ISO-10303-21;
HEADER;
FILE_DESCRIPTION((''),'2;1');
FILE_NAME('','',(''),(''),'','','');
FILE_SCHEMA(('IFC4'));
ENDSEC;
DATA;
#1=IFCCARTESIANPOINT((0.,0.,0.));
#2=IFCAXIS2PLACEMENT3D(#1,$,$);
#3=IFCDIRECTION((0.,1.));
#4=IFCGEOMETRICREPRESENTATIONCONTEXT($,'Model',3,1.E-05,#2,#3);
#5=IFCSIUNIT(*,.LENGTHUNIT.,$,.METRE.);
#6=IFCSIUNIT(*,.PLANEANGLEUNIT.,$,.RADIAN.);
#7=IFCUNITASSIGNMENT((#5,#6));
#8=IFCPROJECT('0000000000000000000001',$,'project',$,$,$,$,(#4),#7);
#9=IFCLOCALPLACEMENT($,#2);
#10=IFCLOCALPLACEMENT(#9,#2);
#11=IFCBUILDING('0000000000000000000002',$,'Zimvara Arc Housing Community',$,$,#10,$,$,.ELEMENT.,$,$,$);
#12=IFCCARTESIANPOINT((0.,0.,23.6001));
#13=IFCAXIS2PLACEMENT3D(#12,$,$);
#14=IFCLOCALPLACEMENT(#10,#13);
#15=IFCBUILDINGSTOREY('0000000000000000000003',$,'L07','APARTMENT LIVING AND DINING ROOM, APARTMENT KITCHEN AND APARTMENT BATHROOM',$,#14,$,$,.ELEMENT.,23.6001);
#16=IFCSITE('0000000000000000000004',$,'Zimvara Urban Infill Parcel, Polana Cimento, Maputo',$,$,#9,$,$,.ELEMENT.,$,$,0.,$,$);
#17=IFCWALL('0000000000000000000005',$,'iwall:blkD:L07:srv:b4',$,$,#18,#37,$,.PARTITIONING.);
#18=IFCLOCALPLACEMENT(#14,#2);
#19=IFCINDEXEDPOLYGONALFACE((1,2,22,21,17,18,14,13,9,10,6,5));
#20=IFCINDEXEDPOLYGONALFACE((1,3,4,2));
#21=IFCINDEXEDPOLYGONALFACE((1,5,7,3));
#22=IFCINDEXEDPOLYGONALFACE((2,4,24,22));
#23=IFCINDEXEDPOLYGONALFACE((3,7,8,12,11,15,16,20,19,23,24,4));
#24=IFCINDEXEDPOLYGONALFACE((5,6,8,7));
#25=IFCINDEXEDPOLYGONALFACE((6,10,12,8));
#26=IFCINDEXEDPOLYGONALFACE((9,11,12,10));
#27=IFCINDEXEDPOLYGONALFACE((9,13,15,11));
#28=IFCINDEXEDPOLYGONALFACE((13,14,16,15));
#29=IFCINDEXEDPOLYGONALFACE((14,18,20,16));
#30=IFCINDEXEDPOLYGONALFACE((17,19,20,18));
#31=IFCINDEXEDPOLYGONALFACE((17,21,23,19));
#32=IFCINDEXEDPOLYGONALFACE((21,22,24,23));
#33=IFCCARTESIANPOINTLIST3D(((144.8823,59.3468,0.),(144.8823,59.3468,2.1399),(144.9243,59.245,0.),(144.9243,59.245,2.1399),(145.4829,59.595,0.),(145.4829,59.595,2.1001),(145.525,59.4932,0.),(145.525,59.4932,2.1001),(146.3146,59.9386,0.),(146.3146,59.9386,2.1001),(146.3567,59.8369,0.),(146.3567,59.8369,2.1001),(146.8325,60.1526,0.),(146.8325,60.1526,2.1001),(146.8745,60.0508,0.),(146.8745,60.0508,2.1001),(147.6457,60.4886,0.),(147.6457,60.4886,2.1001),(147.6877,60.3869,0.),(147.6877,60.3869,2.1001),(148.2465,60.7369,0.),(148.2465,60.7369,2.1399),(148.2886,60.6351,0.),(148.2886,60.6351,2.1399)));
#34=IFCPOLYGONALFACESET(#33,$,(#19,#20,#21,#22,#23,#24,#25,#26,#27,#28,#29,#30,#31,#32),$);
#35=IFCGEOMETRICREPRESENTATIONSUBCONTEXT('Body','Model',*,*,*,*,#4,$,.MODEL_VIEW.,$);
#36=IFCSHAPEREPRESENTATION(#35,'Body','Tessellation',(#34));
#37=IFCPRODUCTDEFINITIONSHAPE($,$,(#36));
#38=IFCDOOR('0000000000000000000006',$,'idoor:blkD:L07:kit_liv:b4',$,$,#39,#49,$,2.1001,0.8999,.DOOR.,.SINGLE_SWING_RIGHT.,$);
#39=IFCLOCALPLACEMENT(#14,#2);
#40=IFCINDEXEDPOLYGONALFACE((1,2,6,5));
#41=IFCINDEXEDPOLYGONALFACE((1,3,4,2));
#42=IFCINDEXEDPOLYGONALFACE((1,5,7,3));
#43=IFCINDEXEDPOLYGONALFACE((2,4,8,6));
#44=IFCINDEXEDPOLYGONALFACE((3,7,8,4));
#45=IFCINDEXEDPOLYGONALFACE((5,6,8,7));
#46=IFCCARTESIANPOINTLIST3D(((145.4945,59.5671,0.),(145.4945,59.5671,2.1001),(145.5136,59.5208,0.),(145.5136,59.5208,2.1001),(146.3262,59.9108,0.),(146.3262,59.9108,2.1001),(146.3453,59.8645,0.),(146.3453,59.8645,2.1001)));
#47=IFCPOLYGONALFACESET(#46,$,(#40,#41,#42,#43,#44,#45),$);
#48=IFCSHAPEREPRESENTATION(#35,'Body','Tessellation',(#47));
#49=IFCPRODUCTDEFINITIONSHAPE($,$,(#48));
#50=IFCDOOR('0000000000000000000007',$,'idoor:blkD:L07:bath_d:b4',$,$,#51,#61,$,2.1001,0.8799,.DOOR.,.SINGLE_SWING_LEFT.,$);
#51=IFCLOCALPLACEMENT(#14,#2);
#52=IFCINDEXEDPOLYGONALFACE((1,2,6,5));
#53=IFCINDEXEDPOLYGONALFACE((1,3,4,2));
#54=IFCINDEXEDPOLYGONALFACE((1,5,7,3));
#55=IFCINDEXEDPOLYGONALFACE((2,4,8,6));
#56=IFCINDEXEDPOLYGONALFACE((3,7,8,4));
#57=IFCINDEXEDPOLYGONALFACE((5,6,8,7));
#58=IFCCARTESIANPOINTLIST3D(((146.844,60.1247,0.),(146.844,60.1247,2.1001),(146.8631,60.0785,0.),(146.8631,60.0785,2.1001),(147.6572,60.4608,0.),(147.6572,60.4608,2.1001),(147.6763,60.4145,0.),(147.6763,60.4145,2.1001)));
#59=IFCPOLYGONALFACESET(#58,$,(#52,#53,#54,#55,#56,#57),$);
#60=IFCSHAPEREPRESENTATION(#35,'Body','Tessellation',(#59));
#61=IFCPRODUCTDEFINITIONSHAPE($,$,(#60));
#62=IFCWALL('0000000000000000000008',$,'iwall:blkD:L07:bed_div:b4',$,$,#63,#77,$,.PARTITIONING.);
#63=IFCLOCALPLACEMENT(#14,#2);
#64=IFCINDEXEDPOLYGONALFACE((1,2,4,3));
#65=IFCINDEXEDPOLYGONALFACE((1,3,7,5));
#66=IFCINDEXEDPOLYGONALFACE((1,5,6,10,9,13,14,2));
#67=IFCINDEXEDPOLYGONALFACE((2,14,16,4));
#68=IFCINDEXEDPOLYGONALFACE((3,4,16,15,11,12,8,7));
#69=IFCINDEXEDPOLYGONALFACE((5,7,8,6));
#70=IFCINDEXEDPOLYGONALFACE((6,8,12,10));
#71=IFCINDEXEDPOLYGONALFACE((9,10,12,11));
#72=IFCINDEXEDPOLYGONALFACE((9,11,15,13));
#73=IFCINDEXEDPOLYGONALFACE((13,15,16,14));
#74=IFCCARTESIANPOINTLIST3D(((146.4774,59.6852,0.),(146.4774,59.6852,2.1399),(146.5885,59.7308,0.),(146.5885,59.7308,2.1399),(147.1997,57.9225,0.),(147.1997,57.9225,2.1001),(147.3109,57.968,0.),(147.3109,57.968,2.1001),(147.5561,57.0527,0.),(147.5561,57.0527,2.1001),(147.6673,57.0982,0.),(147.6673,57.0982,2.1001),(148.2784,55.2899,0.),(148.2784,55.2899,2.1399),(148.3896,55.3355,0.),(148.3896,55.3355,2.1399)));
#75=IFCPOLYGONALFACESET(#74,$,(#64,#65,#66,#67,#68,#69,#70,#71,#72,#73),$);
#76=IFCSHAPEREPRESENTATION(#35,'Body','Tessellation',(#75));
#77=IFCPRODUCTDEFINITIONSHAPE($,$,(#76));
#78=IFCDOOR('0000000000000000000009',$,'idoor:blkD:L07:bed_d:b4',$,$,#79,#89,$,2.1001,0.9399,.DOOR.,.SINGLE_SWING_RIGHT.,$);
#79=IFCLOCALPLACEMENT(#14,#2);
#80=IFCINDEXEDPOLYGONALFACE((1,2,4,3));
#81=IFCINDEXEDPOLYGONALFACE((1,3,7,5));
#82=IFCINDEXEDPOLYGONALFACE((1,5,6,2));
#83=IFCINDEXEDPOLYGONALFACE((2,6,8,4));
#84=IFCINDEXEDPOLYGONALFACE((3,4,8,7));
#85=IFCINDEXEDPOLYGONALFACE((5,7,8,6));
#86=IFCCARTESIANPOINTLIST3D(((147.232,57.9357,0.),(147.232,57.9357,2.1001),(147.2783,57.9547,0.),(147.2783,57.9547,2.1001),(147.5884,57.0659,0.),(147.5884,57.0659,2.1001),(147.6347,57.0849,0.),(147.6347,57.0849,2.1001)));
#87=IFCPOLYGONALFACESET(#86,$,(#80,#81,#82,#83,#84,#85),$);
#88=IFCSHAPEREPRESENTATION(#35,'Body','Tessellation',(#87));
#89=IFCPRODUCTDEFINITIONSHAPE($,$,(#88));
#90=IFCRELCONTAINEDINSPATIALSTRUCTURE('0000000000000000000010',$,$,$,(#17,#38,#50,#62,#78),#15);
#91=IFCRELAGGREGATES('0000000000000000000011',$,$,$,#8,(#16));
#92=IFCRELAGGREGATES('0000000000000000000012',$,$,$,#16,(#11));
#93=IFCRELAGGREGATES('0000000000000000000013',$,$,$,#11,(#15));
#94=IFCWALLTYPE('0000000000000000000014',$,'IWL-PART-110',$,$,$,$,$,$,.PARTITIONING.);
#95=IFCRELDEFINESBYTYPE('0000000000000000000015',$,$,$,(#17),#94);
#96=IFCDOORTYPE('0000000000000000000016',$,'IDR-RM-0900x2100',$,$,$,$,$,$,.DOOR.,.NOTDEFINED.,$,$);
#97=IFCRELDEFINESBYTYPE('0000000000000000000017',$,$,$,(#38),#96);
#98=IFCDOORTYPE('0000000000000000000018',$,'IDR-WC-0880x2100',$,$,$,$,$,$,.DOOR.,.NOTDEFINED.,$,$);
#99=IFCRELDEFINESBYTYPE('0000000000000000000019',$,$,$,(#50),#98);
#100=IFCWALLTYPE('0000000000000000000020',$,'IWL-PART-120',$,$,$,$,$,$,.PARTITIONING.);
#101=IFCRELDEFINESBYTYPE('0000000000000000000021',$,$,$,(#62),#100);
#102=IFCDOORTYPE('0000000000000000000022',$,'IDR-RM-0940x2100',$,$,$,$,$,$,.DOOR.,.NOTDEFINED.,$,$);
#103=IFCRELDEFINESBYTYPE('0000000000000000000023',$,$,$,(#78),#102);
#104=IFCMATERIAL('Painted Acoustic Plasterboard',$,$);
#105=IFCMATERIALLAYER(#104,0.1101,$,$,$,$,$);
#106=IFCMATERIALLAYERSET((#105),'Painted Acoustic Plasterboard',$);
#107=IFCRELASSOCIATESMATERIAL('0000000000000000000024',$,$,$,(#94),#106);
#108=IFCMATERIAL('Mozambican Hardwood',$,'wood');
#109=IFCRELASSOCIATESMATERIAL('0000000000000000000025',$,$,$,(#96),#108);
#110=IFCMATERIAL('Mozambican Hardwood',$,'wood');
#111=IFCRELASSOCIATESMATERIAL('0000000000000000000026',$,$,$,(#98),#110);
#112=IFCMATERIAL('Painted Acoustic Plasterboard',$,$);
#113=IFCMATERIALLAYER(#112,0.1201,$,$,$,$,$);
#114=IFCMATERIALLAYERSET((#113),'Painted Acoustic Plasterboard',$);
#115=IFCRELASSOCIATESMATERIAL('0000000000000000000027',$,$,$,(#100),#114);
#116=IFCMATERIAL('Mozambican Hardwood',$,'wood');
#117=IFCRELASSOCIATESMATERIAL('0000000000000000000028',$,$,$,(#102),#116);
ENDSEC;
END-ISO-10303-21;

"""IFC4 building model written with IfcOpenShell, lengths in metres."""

from ifc_helpers import new_model, si_unit, direction, frame, frame_2d, origin, place, context, subcontext, project, spatial, rectangle, extrude, material, layer, layer_set, type_object, element, fill, save


model = new_model("IFC4")

# Units and contexts
model_context = context("Model", 3, precision=1e-05, world=origin(), true_north=direction((0.0, 1.0)))
body_context = subcontext(model_context, "Body", "Model", "MODEL_VIEW")
ifc_project = project(units=[si_unit("LENGTHUNIT", "METRE"), si_unit("PLANEANGLEUNIT", "RADIAN")], contexts=[model_context])

# Site, building, storey
site_placement = place(None, origin())
site = spatial("IfcSite", under=ifc_project, at=site_placement, Name="Zimvara Urban Infill Parcel, Polana Cimento, Maputo", CompositionType="ELEMENT", RefElevation=0.0)
building_placement = place(site_placement, origin())
building = spatial("IfcBuilding", under=site, at=building_placement, Name="Zimvara Arc Housing Community", CompositionType="ELEMENT")
storey_placement = place(building_placement, frame((0.0, 0.0, 23.6001)))
storey = spatial("IfcBuildingStorey", under=building, at=storey_placement, Name="L07", Description="APARTMENT LIVING AND DINING ROOM, APARTMENT KITCHEN AND APARTMENT BATHROOM", CompositionType="ELEMENT", Elevation=23.6001)

# Wall, openings, doors
ifc_material_1 = material(Name="Painted Acoustic Plasterboard")
ifc_layer_1 = layer(ifc_material_1, 0.1101)
ifc_layer_set_1 = layer_set([ifc_layer_1], Name="Painted Acoustic Plasterboard")
wall_type_1 = type_object("IfcWallType", Name="IWL-PART-110", PredefinedType="PARTITIONING", material=ifc_layer_set_1)
wall_1_placement = place(storey_placement, frame((144.9033, 59.2959, 0.0), z_axis=(0.0, 0.0, 1.0), x_axis=(0.924208, 0.38189, 0.0)))
wall_1 = element("IfcWall", 1, at=wall_1_placement, inside=storey, type_object=wall_type_1, Name="iwall:blkD:L07:srv:b4", PredefinedType="PARTITIONING", context=body_context, shape_type="SweptSolid", body=[
    extrude(rectangle(XDim=3.6401, YDim=0.1101, at=frame_2d((1.8201, 0.0))), origin(), (0.0, 0.0, 1.0), 2.1399),
])
opening_1_placement = place(wall_1_placement, frame((0.6499, 0.0, 0.0)))
opening_1 = element("IfcOpeningElement", 2, at=opening_1_placement, cuts=wall_1, PredefinedType="OPENING", context=body_context, shape_type="SweptSolid", body=[
    extrude(rectangle(XDim=0.8999, YDim=2.1001, at=frame_2d((0.45, 1.05))), frame((0.0, 0.0649, 0.0), z_axis=(0.0, -1.0, 0.0), x_axis=(1.0, 0.0, 0.0)), (0.0, 0.0, 1.0), 0.1301),
])
opening_2_placement = place(wall_1_placement, frame((2.1101, 0.0, 0.0)))
opening_2 = element("IfcOpeningElement", 3, at=opening_2_placement, cuts=wall_1, PredefinedType="OPENING", context=body_context, shape_type="SweptSolid", body=[
    extrude(rectangle(XDim=0.8799, YDim=2.1001, at=frame_2d((0.4399, 1.05))), frame((0.0, 0.0649, 0.0), z_axis=(0.0, -1.0, 0.0), x_axis=(1.0, 0.0, 0.0)), (0.0, 0.0, 1.0), 0.1301),
])
ifc_material_2 = material(Name="Mozambican Hardwood", Category="wood")
door_type_1 = type_object("IfcDoorType", Name="IDR-RM-0900x2100", OperationType="NOTDEFINED", PredefinedType="DOOR", material=ifc_material_2)
door_1_placement = place(opening_1_placement, origin())
door_1 = element("IfcDoor", 4, at=door_1_placement, inside=storey, type_object=door_type_1, Name="idoor:blkD:L07:kit_liv:b4", OperationType="SINGLE_SWING_RIGHT", OverallHeight=2.1001, OverallWidth=0.8999, PredefinedType="DOOR", context=body_context, shape_type="SweptSolid", body=[
    extrude(rectangle(XDim=0.8999, YDim=2.1001, at=frame_2d((0.45, 1.05))), frame((0.0, 0.0249, 0.0), z_axis=(0.0, -1.0, 0.0), x_axis=(1.0, 0.0, 0.0)), (0.0, 0.0, 1.0), 0.05),
])
fill(opening_1, door_1)
ifc_material_3 = material(Name="Mozambican Hardwood", Category="wood")
door_type_2 = type_object("IfcDoorType", Name="IDR-WC-0880x2100", OperationType="NOTDEFINED", PredefinedType="DOOR", material=ifc_material_3)
door_2_placement = place(opening_2_placement, origin())
door_2 = element("IfcDoor", 5, at=door_2_placement, inside=storey, type_object=door_type_2, Name="idoor:blkD:L07:bath_d:b4", OperationType="SINGLE_SWING_LEFT", OverallHeight=2.1001, OverallWidth=0.8799, PredefinedType="DOOR", context=body_context, shape_type="SweptSolid", body=[
    extrude(rectangle(XDim=0.8799, YDim=2.1001, at=frame_2d((0.4399, 1.05))), frame((0.0, 0.0249, 0.0), z_axis=(0.0, -1.0, 0.0), x_axis=(1.0, 0.0, 0.0)), (0.0, 0.0, 1.0), 0.05),
])
fill(opening_2, door_2)

# Wall, opening, door
ifc_material_4 = material(Name="Painted Acoustic Plasterboard")
ifc_layer_2 = layer(ifc_material_4, 0.1201)
ifc_layer_set_2 = layer_set([ifc_layer_2], Name="Painted Acoustic Plasterboard")
wall_type_2 = type_object("IfcWallType", Name="IWL-PART-120", PredefinedType="PARTITIONING", material=ifc_layer_set_2)
wall_2_placement = place(storey_placement, frame((146.533, 59.708, 0.0), z_axis=(0.0, 0.0, 1.0), x_axis=(0.379167, -0.925328, 0.0)))
wall_2 = element("IfcWall", 6, at=wall_2_placement, inside=storey, type_object=wall_type_2, Name="iwall:blkD:L07:bed_div:b4", PredefinedType="PARTITIONING", context=body_context, shape_type="SweptSolid", body=[
    extrude(rectangle(XDim=4.75, YDim=0.1201, at=frame_2d((2.375, 0.0))), origin(), (0.0, 0.0, 1.0), 2.1399),
])
opening_3_placement = place(wall_2_placement, frame((1.905, 0.0, 0.0)))
opening_3 = element("IfcOpeningElement", 7, at=opening_3_placement, cuts=wall_2, PredefinedType="OPENING", context=body_context, shape_type="SweptSolid", body=[
    extrude(rectangle(XDim=0.9399, YDim=2.1001, at=frame_2d((0.47, 1.05))), frame((0.0, 0.0701, 0.0), z_axis=(0.0, -1.0, 0.0), x_axis=(1.0, 0.0, 0.0)), (0.0, 0.0, 1.0), 0.1401),
])
ifc_material_5 = material(Name="Mozambican Hardwood", Category="wood")
door_type_3 = type_object("IfcDoorType", Name="IDR-RM-0940x2100", OperationType="NOTDEFINED", PredefinedType="DOOR", material=ifc_material_5)
door_3_placement = place(opening_3_placement, origin())
door_3 = element("IfcDoor", 8, at=door_3_placement, inside=storey, type_object=door_type_3, Name="idoor:blkD:L07:bed_d:b4", OperationType="SINGLE_SWING_RIGHT", OverallHeight=2.1001, OverallWidth=0.9399, PredefinedType="DOOR", context=body_context, shape_type="SweptSolid", body=[
    extrude(rectangle(XDim=0.9399, YDim=2.1001, at=frame_2d((0.47, 1.05))), frame((0.0, 0.0249, 0.0), z_axis=(0.0, -1.0, 0.0), x_axis=(1.0, 0.0, 0.0)), (0.0, 0.0, 1.0), 0.05),
])
fill(opening_3, door_3)

save(model, "model.ifc")
